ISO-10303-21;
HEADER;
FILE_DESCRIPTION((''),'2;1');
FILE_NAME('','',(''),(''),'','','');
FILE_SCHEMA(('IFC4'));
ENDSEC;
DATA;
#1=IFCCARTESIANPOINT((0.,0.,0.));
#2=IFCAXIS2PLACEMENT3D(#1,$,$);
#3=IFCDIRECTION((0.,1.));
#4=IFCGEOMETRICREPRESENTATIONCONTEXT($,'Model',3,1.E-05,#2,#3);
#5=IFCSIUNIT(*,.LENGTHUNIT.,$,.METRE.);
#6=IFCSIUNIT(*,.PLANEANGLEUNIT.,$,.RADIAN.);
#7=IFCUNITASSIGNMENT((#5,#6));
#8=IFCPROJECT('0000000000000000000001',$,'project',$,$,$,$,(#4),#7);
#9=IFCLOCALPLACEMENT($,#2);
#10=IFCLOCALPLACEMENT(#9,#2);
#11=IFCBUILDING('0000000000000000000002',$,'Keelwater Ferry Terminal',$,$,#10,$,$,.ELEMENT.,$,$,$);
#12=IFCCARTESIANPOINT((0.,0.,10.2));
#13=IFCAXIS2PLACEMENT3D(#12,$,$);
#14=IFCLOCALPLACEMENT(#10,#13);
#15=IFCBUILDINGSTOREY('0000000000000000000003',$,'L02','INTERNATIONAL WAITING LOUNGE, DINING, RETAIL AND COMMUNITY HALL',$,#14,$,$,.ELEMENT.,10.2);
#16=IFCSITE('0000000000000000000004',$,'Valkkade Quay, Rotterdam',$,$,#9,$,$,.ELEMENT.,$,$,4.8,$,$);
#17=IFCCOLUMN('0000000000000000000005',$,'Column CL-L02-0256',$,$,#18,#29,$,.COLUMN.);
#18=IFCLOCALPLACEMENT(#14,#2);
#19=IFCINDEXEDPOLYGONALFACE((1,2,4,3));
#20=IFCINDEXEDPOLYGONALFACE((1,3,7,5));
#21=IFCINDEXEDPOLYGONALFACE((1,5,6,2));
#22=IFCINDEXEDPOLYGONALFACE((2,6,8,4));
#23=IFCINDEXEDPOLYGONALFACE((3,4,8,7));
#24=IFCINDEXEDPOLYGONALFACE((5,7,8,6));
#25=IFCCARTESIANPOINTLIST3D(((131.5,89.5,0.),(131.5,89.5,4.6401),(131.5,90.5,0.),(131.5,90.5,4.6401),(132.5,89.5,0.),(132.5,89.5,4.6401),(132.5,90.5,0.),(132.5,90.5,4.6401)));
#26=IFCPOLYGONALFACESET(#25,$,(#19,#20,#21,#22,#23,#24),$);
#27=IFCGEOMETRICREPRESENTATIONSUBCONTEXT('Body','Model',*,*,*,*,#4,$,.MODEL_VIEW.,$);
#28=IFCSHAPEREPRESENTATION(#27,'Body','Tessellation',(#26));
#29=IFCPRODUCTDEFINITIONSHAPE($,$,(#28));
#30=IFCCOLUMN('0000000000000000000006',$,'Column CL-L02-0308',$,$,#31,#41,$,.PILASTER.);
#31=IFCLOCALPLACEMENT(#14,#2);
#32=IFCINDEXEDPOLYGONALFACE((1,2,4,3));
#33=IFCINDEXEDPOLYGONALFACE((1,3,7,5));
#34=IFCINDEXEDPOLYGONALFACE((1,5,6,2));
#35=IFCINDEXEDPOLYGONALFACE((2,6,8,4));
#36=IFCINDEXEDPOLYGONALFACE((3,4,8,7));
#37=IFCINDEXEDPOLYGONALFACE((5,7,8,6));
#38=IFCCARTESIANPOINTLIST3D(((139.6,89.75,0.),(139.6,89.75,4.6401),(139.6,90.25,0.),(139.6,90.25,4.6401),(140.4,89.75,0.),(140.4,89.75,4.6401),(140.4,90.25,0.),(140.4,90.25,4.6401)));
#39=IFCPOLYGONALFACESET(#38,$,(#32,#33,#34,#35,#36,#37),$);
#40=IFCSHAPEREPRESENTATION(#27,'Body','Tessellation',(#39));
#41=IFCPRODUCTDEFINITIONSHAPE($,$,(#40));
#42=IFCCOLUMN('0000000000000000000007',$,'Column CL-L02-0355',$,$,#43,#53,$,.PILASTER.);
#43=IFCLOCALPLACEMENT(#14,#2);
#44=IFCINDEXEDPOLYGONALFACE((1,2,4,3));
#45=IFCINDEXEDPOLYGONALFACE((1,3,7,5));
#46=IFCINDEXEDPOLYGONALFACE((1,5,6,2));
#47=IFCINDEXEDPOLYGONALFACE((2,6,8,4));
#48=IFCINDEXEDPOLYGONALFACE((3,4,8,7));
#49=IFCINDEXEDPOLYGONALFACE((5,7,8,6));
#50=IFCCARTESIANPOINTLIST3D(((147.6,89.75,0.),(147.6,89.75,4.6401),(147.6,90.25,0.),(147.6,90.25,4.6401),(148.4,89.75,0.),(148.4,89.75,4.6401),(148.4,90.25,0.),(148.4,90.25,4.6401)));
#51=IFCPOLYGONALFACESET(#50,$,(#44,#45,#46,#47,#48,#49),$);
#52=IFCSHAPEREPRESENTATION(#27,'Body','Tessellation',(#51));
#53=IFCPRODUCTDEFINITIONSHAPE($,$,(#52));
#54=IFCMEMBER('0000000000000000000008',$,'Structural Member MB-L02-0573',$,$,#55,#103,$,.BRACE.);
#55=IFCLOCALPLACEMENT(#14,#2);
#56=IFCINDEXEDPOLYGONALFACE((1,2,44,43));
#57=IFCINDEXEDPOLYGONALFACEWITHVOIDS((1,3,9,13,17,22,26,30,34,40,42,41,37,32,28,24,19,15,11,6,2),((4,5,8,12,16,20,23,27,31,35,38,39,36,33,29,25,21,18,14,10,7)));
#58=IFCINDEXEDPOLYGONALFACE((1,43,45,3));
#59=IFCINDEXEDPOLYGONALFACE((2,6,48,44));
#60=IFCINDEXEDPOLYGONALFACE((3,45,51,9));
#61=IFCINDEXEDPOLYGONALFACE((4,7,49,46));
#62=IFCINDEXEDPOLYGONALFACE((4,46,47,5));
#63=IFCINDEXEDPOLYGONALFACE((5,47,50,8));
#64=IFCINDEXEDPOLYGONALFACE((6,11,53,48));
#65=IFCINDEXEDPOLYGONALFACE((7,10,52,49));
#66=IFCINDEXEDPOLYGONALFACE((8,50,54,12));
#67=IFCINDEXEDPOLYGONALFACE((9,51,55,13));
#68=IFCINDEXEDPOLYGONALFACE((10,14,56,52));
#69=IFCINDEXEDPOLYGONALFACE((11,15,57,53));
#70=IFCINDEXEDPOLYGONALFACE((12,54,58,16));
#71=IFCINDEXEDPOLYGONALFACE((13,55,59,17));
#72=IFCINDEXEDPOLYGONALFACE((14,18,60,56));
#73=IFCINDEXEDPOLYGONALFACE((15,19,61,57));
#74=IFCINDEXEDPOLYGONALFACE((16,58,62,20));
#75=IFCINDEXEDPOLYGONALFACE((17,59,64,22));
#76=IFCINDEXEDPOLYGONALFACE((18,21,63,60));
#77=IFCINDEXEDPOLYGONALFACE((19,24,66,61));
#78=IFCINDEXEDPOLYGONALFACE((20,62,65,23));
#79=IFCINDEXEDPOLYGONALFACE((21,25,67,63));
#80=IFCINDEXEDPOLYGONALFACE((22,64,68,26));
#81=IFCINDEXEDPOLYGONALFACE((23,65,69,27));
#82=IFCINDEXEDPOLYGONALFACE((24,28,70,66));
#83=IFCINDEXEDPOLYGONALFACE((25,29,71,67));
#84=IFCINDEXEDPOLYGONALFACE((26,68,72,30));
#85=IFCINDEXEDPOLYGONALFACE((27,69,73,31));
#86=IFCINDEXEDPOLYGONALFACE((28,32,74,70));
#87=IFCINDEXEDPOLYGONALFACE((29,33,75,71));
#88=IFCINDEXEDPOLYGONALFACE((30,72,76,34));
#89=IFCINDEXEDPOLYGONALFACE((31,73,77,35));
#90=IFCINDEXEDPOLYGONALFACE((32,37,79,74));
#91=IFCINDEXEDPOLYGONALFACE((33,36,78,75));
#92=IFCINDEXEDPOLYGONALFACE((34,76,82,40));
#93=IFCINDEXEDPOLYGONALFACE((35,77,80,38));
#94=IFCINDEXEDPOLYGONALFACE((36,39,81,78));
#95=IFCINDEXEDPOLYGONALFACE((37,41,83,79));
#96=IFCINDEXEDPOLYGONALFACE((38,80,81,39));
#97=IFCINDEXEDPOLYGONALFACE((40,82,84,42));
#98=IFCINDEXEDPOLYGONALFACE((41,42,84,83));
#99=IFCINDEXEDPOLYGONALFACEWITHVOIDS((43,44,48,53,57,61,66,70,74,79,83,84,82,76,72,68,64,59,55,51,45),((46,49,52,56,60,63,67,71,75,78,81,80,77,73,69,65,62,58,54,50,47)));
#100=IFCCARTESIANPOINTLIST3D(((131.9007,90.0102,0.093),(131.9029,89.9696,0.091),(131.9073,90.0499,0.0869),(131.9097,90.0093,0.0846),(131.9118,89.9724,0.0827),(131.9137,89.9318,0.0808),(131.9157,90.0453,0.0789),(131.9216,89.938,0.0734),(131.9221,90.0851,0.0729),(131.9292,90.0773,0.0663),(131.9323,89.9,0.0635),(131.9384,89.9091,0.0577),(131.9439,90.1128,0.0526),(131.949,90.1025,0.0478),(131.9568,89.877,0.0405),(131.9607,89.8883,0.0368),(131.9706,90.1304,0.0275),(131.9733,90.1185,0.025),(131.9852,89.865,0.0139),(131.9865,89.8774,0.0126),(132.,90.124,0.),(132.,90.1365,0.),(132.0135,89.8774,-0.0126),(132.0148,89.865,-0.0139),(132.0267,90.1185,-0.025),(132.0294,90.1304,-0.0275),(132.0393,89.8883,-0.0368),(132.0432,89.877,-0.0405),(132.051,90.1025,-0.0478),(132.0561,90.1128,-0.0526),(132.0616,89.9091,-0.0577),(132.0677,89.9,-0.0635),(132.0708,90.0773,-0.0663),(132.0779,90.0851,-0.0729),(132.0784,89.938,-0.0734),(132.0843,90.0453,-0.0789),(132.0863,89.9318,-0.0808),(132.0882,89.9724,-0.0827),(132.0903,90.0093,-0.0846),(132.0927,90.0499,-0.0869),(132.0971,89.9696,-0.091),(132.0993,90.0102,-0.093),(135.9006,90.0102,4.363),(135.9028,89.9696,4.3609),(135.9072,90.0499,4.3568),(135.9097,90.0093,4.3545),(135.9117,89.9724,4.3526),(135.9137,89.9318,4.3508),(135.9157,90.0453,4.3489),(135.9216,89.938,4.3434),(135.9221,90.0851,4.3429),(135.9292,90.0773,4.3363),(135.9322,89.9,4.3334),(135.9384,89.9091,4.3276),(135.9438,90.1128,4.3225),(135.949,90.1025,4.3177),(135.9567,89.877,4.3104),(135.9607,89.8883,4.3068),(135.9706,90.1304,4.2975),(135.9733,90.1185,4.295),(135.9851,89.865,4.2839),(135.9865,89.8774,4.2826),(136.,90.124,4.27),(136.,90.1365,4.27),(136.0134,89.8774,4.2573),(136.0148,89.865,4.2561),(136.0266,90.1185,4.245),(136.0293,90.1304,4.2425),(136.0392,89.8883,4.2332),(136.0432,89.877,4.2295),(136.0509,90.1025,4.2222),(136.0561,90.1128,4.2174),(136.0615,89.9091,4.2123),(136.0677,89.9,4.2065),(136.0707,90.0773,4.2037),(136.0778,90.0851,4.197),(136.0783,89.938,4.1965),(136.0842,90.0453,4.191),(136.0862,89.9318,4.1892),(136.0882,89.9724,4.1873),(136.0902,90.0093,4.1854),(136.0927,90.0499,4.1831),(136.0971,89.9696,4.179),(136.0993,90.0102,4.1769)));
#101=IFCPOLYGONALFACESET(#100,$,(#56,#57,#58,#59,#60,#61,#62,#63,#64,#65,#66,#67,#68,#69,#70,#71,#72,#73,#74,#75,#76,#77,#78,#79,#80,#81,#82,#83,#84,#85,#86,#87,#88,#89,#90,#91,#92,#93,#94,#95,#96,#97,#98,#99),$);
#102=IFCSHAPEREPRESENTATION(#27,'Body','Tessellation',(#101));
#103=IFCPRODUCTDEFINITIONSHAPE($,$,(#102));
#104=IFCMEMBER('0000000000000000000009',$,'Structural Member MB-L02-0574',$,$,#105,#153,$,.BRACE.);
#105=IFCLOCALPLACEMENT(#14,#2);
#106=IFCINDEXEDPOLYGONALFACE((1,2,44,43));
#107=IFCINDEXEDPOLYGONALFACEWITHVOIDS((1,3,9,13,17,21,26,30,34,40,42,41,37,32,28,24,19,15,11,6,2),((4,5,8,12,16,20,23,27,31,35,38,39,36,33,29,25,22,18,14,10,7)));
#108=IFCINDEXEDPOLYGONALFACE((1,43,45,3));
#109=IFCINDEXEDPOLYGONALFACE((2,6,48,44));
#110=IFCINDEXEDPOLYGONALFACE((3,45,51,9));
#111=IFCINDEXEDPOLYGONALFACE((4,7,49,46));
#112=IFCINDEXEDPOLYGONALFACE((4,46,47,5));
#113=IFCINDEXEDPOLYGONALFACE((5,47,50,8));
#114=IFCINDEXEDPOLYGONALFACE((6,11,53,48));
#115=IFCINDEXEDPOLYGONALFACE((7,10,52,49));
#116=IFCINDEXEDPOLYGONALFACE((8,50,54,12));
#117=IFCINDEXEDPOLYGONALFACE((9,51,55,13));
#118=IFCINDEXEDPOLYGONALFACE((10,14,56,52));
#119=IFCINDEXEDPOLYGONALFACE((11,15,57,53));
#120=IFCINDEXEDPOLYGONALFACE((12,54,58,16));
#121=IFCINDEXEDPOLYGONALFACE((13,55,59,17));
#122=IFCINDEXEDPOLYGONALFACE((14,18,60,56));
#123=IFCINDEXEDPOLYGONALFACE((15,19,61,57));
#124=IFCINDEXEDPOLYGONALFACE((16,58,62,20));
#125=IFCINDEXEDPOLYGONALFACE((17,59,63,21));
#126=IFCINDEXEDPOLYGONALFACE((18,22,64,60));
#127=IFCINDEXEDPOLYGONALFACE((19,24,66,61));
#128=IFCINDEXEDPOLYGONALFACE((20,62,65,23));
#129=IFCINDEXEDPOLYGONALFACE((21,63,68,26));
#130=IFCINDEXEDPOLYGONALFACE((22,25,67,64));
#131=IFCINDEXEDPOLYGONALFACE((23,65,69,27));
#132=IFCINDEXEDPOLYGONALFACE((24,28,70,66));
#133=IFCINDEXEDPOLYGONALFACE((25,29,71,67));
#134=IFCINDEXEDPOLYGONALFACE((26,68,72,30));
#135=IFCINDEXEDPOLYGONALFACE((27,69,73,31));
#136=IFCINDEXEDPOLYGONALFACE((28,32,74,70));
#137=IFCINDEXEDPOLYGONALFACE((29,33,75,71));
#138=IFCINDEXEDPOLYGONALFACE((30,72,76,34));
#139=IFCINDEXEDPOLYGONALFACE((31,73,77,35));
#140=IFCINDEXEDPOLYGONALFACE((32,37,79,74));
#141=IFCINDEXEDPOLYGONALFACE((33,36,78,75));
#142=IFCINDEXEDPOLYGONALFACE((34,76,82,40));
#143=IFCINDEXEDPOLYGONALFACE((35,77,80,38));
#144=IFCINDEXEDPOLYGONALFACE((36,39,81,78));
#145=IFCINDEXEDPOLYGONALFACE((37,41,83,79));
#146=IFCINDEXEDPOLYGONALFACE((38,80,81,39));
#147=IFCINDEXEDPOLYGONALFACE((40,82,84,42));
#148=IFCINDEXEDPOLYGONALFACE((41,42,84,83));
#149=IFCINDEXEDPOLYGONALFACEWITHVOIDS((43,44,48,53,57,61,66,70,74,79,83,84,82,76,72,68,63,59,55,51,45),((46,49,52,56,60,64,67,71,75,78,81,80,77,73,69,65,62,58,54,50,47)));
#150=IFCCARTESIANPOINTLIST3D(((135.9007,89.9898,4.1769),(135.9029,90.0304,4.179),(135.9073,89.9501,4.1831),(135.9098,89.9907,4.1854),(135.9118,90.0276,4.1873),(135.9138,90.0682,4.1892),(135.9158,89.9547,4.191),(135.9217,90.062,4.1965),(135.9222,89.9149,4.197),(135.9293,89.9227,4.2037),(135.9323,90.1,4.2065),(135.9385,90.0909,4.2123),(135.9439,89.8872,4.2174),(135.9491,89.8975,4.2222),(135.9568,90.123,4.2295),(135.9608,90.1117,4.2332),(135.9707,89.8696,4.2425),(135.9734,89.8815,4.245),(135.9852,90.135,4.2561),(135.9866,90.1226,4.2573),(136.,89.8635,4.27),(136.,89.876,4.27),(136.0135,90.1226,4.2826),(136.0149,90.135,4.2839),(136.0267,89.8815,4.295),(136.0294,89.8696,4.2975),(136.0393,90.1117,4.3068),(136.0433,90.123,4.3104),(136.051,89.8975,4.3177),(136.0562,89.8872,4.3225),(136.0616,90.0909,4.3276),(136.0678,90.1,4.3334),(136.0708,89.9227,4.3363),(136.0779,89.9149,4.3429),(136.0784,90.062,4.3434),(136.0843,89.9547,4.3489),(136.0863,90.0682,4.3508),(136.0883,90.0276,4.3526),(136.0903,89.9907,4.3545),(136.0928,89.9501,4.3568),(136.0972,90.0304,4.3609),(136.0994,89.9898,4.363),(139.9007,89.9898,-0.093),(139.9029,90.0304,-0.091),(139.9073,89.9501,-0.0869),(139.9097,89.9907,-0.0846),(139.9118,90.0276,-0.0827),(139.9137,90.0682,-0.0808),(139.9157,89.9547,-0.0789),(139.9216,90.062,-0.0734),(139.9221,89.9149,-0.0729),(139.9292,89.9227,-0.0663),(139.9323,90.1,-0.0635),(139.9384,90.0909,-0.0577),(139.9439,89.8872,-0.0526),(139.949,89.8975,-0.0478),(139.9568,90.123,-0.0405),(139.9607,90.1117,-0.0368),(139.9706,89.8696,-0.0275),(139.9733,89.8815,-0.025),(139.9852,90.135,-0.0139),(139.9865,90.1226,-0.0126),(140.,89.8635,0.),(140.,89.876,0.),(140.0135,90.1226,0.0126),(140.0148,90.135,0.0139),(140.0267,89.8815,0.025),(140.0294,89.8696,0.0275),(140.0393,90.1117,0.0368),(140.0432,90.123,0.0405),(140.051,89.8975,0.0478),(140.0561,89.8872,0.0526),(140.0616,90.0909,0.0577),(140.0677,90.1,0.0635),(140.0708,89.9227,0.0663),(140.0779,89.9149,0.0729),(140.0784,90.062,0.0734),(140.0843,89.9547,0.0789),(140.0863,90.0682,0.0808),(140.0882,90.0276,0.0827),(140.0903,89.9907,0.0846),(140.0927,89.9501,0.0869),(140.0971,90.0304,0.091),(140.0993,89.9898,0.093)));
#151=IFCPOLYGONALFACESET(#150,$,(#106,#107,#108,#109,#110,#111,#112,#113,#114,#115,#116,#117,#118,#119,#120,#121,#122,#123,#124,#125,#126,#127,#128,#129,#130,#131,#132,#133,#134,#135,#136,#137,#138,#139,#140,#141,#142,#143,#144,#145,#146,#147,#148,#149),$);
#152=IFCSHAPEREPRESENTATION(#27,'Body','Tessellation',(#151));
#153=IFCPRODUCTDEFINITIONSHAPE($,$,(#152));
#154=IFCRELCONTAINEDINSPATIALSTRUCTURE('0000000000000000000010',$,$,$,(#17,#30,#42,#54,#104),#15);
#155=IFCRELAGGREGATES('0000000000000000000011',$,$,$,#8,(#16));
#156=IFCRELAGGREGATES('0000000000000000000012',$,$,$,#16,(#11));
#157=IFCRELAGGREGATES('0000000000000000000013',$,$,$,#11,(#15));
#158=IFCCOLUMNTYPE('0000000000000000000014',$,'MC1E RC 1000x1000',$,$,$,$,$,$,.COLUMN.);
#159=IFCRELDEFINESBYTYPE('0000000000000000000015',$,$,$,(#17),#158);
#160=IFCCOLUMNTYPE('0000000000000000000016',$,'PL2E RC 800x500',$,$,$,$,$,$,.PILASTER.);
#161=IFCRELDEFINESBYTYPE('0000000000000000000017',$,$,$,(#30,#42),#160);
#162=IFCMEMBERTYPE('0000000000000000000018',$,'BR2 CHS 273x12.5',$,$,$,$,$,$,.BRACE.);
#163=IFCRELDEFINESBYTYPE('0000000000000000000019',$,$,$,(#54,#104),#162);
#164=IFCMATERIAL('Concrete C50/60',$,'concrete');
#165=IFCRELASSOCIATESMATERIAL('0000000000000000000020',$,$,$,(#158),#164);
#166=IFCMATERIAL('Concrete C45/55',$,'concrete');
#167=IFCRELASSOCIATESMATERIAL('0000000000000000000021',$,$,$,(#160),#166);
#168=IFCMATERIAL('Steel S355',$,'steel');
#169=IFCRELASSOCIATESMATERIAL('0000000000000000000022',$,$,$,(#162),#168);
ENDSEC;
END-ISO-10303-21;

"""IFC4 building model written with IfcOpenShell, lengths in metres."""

from ifc_helpers import new_model, si_unit, direction, frame, origin, origin_2d, place, context, subcontext, project, spatial, rectangle, hollow_circle, extrude, material, material_profile, profile_set, type_object, element, save


model = new_model("IFC4")

# Units and contexts
model_context = context("Model", 3, precision=1e-05, world=origin(), true_north=direction((0.0, 1.0)))
body_context = subcontext(model_context, "Body", "Model", "MODEL_VIEW")
ifc_project = project(units=[si_unit("LENGTHUNIT", "METRE"), si_unit("PLANEANGLEUNIT", "RADIAN")], contexts=[model_context])

# Site, building, storey
site_placement = place(None, origin())
site = spatial("IfcSite", under=ifc_project, at=site_placement, Name="Valkkade Quay, Rotterdam", CompositionType="ELEMENT", RefElevation=4.8)
building_placement = place(site_placement, origin())
building = spatial("IfcBuilding", under=site, at=building_placement, Name="Keelwater Ferry Terminal", CompositionType="ELEMENT")
storey_placement = place(building_placement, frame((0.0, 0.0, 10.2)))
storey = spatial("IfcBuildingStorey", under=building, at=storey_placement, Name="L02", Description="INTERNATIONAL WAITING LOUNGE, DINING, RETAIL AND COMMUNITY HALL", CompositionType="ELEMENT", Elevation=10.2)

# Columns
ifc_material_1 = material(Name="Concrete C50/60", Category="concrete")
ifc_material_profile_1 = material_profile(ifc_material_1, rectangle(XDim=1.0, YDim=1.0, at=origin_2d()), Name="RC 1000x1000")
ifc_profile_set_1 = profile_set([ifc_material_profile_1], Name="Concrete C50/60")
column_type_1 = type_object("IfcColumnType", Name="MC1E RC 1000x1000", PredefinedType="COLUMN", material=ifc_profile_set_1)
column_placement = place(storey_placement, frame((132.0, 90.0, 0.0), z_axis=(0.0, 0.0, 1.0), x_axis=(1.0, 0.0, 0.0)))
element("IfcColumn", 1, at=column_placement, inside=storey, type_object=column_type_1, Name="Column CL-L02-0256", PredefinedType="COLUMN", context=body_context, shape_type="SweptSolid", body=[
    extrude(rectangle(XDim=1.0, YDim=1.0, at=origin_2d()), origin(), (0.0, 0.0, 1.0), 4.6401),
])
ifc_material_2 = material(Name="Concrete C45/55", Category="concrete")
ifc_material_profile_2 = material_profile(ifc_material_2, rectangle(XDim=0.5, YDim=0.8, at=origin_2d()), Name="RC 800x500")
ifc_profile_set_2 = profile_set([ifc_material_profile_2], Name="Concrete C45/55")
column_type_2 = type_object("IfcColumnType", Name="PL2E RC 800x500", PredefinedType="PILASTER", material=ifc_profile_set_2)
for number, where, z_axis, x_axis, name in (
    (2, (140.0, 90.0, 0.0), (0.0, 0.0, 1.0), (0.0, 1.0, 0.0), "Column CL-L02-0308"),
    (3, (148.0, 90.0, 0.0), (0.0, 0.0, 1.0), (0.0, 1.0, 0.0), "Column CL-L02-0355"),
):
    element("IfcColumn", number, at=place(storey_placement, frame(where, z_axis=z_axis, x_axis=x_axis)), inside=storey, type_object=column_type_2, Name=name, PredefinedType="PILASTER", context=body_context, shape_type="SweptSolid", body=[
        extrude(rectangle(XDim=0.5, YDim=0.8, at=origin_2d()), origin(), (0.0, 0.0, 1.0), 4.6401),
    ])

# Members
ifc_material_3 = material(Name="Steel S355", Category="steel")
ifc_material_profile_3 = material_profile(ifc_material_3, hollow_circle(Radius=0.1365, WallThickness=0.0125, at=origin_2d()), Name="CHS 273x12.5")
ifc_profile_set_3 = profile_set([ifc_material_profile_3], Name="Steel S355")
member_type_1 = type_object("IfcMemberType", Name="BR2 CHS 273x12.5", PredefinedType="BRACE", material=ifc_profile_set_3)
for number, where, z_axis, x_axis, name in (
    (4, (132.0, 90.0, 0.0), (0.683655, 0.0, 0.729805), (0.0, 1.0, 0.0), "Structural Member MB-L02-0573"),
    (5, (140.0, 90.0, 0.0), (-0.683655, 0.0, 0.729805), (0.0, -1.0, 0.0), "Structural Member MB-L02-0574"),
):
    element("IfcMember", number, at=place(storey_placement, frame(where, z_axis=z_axis, x_axis=x_axis)), inside=storey, type_object=member_type_1, Name=name, PredefinedType="BRACE", context=body_context, shape_type="SweptSolid", body=[
        extrude(hollow_circle(Radius=0.1365, WallThickness=0.0125, at=origin_2d()), origin(), (0.0, 0.0, 1.0), 5.8508),
    ])

save(model, "model.ifc")
